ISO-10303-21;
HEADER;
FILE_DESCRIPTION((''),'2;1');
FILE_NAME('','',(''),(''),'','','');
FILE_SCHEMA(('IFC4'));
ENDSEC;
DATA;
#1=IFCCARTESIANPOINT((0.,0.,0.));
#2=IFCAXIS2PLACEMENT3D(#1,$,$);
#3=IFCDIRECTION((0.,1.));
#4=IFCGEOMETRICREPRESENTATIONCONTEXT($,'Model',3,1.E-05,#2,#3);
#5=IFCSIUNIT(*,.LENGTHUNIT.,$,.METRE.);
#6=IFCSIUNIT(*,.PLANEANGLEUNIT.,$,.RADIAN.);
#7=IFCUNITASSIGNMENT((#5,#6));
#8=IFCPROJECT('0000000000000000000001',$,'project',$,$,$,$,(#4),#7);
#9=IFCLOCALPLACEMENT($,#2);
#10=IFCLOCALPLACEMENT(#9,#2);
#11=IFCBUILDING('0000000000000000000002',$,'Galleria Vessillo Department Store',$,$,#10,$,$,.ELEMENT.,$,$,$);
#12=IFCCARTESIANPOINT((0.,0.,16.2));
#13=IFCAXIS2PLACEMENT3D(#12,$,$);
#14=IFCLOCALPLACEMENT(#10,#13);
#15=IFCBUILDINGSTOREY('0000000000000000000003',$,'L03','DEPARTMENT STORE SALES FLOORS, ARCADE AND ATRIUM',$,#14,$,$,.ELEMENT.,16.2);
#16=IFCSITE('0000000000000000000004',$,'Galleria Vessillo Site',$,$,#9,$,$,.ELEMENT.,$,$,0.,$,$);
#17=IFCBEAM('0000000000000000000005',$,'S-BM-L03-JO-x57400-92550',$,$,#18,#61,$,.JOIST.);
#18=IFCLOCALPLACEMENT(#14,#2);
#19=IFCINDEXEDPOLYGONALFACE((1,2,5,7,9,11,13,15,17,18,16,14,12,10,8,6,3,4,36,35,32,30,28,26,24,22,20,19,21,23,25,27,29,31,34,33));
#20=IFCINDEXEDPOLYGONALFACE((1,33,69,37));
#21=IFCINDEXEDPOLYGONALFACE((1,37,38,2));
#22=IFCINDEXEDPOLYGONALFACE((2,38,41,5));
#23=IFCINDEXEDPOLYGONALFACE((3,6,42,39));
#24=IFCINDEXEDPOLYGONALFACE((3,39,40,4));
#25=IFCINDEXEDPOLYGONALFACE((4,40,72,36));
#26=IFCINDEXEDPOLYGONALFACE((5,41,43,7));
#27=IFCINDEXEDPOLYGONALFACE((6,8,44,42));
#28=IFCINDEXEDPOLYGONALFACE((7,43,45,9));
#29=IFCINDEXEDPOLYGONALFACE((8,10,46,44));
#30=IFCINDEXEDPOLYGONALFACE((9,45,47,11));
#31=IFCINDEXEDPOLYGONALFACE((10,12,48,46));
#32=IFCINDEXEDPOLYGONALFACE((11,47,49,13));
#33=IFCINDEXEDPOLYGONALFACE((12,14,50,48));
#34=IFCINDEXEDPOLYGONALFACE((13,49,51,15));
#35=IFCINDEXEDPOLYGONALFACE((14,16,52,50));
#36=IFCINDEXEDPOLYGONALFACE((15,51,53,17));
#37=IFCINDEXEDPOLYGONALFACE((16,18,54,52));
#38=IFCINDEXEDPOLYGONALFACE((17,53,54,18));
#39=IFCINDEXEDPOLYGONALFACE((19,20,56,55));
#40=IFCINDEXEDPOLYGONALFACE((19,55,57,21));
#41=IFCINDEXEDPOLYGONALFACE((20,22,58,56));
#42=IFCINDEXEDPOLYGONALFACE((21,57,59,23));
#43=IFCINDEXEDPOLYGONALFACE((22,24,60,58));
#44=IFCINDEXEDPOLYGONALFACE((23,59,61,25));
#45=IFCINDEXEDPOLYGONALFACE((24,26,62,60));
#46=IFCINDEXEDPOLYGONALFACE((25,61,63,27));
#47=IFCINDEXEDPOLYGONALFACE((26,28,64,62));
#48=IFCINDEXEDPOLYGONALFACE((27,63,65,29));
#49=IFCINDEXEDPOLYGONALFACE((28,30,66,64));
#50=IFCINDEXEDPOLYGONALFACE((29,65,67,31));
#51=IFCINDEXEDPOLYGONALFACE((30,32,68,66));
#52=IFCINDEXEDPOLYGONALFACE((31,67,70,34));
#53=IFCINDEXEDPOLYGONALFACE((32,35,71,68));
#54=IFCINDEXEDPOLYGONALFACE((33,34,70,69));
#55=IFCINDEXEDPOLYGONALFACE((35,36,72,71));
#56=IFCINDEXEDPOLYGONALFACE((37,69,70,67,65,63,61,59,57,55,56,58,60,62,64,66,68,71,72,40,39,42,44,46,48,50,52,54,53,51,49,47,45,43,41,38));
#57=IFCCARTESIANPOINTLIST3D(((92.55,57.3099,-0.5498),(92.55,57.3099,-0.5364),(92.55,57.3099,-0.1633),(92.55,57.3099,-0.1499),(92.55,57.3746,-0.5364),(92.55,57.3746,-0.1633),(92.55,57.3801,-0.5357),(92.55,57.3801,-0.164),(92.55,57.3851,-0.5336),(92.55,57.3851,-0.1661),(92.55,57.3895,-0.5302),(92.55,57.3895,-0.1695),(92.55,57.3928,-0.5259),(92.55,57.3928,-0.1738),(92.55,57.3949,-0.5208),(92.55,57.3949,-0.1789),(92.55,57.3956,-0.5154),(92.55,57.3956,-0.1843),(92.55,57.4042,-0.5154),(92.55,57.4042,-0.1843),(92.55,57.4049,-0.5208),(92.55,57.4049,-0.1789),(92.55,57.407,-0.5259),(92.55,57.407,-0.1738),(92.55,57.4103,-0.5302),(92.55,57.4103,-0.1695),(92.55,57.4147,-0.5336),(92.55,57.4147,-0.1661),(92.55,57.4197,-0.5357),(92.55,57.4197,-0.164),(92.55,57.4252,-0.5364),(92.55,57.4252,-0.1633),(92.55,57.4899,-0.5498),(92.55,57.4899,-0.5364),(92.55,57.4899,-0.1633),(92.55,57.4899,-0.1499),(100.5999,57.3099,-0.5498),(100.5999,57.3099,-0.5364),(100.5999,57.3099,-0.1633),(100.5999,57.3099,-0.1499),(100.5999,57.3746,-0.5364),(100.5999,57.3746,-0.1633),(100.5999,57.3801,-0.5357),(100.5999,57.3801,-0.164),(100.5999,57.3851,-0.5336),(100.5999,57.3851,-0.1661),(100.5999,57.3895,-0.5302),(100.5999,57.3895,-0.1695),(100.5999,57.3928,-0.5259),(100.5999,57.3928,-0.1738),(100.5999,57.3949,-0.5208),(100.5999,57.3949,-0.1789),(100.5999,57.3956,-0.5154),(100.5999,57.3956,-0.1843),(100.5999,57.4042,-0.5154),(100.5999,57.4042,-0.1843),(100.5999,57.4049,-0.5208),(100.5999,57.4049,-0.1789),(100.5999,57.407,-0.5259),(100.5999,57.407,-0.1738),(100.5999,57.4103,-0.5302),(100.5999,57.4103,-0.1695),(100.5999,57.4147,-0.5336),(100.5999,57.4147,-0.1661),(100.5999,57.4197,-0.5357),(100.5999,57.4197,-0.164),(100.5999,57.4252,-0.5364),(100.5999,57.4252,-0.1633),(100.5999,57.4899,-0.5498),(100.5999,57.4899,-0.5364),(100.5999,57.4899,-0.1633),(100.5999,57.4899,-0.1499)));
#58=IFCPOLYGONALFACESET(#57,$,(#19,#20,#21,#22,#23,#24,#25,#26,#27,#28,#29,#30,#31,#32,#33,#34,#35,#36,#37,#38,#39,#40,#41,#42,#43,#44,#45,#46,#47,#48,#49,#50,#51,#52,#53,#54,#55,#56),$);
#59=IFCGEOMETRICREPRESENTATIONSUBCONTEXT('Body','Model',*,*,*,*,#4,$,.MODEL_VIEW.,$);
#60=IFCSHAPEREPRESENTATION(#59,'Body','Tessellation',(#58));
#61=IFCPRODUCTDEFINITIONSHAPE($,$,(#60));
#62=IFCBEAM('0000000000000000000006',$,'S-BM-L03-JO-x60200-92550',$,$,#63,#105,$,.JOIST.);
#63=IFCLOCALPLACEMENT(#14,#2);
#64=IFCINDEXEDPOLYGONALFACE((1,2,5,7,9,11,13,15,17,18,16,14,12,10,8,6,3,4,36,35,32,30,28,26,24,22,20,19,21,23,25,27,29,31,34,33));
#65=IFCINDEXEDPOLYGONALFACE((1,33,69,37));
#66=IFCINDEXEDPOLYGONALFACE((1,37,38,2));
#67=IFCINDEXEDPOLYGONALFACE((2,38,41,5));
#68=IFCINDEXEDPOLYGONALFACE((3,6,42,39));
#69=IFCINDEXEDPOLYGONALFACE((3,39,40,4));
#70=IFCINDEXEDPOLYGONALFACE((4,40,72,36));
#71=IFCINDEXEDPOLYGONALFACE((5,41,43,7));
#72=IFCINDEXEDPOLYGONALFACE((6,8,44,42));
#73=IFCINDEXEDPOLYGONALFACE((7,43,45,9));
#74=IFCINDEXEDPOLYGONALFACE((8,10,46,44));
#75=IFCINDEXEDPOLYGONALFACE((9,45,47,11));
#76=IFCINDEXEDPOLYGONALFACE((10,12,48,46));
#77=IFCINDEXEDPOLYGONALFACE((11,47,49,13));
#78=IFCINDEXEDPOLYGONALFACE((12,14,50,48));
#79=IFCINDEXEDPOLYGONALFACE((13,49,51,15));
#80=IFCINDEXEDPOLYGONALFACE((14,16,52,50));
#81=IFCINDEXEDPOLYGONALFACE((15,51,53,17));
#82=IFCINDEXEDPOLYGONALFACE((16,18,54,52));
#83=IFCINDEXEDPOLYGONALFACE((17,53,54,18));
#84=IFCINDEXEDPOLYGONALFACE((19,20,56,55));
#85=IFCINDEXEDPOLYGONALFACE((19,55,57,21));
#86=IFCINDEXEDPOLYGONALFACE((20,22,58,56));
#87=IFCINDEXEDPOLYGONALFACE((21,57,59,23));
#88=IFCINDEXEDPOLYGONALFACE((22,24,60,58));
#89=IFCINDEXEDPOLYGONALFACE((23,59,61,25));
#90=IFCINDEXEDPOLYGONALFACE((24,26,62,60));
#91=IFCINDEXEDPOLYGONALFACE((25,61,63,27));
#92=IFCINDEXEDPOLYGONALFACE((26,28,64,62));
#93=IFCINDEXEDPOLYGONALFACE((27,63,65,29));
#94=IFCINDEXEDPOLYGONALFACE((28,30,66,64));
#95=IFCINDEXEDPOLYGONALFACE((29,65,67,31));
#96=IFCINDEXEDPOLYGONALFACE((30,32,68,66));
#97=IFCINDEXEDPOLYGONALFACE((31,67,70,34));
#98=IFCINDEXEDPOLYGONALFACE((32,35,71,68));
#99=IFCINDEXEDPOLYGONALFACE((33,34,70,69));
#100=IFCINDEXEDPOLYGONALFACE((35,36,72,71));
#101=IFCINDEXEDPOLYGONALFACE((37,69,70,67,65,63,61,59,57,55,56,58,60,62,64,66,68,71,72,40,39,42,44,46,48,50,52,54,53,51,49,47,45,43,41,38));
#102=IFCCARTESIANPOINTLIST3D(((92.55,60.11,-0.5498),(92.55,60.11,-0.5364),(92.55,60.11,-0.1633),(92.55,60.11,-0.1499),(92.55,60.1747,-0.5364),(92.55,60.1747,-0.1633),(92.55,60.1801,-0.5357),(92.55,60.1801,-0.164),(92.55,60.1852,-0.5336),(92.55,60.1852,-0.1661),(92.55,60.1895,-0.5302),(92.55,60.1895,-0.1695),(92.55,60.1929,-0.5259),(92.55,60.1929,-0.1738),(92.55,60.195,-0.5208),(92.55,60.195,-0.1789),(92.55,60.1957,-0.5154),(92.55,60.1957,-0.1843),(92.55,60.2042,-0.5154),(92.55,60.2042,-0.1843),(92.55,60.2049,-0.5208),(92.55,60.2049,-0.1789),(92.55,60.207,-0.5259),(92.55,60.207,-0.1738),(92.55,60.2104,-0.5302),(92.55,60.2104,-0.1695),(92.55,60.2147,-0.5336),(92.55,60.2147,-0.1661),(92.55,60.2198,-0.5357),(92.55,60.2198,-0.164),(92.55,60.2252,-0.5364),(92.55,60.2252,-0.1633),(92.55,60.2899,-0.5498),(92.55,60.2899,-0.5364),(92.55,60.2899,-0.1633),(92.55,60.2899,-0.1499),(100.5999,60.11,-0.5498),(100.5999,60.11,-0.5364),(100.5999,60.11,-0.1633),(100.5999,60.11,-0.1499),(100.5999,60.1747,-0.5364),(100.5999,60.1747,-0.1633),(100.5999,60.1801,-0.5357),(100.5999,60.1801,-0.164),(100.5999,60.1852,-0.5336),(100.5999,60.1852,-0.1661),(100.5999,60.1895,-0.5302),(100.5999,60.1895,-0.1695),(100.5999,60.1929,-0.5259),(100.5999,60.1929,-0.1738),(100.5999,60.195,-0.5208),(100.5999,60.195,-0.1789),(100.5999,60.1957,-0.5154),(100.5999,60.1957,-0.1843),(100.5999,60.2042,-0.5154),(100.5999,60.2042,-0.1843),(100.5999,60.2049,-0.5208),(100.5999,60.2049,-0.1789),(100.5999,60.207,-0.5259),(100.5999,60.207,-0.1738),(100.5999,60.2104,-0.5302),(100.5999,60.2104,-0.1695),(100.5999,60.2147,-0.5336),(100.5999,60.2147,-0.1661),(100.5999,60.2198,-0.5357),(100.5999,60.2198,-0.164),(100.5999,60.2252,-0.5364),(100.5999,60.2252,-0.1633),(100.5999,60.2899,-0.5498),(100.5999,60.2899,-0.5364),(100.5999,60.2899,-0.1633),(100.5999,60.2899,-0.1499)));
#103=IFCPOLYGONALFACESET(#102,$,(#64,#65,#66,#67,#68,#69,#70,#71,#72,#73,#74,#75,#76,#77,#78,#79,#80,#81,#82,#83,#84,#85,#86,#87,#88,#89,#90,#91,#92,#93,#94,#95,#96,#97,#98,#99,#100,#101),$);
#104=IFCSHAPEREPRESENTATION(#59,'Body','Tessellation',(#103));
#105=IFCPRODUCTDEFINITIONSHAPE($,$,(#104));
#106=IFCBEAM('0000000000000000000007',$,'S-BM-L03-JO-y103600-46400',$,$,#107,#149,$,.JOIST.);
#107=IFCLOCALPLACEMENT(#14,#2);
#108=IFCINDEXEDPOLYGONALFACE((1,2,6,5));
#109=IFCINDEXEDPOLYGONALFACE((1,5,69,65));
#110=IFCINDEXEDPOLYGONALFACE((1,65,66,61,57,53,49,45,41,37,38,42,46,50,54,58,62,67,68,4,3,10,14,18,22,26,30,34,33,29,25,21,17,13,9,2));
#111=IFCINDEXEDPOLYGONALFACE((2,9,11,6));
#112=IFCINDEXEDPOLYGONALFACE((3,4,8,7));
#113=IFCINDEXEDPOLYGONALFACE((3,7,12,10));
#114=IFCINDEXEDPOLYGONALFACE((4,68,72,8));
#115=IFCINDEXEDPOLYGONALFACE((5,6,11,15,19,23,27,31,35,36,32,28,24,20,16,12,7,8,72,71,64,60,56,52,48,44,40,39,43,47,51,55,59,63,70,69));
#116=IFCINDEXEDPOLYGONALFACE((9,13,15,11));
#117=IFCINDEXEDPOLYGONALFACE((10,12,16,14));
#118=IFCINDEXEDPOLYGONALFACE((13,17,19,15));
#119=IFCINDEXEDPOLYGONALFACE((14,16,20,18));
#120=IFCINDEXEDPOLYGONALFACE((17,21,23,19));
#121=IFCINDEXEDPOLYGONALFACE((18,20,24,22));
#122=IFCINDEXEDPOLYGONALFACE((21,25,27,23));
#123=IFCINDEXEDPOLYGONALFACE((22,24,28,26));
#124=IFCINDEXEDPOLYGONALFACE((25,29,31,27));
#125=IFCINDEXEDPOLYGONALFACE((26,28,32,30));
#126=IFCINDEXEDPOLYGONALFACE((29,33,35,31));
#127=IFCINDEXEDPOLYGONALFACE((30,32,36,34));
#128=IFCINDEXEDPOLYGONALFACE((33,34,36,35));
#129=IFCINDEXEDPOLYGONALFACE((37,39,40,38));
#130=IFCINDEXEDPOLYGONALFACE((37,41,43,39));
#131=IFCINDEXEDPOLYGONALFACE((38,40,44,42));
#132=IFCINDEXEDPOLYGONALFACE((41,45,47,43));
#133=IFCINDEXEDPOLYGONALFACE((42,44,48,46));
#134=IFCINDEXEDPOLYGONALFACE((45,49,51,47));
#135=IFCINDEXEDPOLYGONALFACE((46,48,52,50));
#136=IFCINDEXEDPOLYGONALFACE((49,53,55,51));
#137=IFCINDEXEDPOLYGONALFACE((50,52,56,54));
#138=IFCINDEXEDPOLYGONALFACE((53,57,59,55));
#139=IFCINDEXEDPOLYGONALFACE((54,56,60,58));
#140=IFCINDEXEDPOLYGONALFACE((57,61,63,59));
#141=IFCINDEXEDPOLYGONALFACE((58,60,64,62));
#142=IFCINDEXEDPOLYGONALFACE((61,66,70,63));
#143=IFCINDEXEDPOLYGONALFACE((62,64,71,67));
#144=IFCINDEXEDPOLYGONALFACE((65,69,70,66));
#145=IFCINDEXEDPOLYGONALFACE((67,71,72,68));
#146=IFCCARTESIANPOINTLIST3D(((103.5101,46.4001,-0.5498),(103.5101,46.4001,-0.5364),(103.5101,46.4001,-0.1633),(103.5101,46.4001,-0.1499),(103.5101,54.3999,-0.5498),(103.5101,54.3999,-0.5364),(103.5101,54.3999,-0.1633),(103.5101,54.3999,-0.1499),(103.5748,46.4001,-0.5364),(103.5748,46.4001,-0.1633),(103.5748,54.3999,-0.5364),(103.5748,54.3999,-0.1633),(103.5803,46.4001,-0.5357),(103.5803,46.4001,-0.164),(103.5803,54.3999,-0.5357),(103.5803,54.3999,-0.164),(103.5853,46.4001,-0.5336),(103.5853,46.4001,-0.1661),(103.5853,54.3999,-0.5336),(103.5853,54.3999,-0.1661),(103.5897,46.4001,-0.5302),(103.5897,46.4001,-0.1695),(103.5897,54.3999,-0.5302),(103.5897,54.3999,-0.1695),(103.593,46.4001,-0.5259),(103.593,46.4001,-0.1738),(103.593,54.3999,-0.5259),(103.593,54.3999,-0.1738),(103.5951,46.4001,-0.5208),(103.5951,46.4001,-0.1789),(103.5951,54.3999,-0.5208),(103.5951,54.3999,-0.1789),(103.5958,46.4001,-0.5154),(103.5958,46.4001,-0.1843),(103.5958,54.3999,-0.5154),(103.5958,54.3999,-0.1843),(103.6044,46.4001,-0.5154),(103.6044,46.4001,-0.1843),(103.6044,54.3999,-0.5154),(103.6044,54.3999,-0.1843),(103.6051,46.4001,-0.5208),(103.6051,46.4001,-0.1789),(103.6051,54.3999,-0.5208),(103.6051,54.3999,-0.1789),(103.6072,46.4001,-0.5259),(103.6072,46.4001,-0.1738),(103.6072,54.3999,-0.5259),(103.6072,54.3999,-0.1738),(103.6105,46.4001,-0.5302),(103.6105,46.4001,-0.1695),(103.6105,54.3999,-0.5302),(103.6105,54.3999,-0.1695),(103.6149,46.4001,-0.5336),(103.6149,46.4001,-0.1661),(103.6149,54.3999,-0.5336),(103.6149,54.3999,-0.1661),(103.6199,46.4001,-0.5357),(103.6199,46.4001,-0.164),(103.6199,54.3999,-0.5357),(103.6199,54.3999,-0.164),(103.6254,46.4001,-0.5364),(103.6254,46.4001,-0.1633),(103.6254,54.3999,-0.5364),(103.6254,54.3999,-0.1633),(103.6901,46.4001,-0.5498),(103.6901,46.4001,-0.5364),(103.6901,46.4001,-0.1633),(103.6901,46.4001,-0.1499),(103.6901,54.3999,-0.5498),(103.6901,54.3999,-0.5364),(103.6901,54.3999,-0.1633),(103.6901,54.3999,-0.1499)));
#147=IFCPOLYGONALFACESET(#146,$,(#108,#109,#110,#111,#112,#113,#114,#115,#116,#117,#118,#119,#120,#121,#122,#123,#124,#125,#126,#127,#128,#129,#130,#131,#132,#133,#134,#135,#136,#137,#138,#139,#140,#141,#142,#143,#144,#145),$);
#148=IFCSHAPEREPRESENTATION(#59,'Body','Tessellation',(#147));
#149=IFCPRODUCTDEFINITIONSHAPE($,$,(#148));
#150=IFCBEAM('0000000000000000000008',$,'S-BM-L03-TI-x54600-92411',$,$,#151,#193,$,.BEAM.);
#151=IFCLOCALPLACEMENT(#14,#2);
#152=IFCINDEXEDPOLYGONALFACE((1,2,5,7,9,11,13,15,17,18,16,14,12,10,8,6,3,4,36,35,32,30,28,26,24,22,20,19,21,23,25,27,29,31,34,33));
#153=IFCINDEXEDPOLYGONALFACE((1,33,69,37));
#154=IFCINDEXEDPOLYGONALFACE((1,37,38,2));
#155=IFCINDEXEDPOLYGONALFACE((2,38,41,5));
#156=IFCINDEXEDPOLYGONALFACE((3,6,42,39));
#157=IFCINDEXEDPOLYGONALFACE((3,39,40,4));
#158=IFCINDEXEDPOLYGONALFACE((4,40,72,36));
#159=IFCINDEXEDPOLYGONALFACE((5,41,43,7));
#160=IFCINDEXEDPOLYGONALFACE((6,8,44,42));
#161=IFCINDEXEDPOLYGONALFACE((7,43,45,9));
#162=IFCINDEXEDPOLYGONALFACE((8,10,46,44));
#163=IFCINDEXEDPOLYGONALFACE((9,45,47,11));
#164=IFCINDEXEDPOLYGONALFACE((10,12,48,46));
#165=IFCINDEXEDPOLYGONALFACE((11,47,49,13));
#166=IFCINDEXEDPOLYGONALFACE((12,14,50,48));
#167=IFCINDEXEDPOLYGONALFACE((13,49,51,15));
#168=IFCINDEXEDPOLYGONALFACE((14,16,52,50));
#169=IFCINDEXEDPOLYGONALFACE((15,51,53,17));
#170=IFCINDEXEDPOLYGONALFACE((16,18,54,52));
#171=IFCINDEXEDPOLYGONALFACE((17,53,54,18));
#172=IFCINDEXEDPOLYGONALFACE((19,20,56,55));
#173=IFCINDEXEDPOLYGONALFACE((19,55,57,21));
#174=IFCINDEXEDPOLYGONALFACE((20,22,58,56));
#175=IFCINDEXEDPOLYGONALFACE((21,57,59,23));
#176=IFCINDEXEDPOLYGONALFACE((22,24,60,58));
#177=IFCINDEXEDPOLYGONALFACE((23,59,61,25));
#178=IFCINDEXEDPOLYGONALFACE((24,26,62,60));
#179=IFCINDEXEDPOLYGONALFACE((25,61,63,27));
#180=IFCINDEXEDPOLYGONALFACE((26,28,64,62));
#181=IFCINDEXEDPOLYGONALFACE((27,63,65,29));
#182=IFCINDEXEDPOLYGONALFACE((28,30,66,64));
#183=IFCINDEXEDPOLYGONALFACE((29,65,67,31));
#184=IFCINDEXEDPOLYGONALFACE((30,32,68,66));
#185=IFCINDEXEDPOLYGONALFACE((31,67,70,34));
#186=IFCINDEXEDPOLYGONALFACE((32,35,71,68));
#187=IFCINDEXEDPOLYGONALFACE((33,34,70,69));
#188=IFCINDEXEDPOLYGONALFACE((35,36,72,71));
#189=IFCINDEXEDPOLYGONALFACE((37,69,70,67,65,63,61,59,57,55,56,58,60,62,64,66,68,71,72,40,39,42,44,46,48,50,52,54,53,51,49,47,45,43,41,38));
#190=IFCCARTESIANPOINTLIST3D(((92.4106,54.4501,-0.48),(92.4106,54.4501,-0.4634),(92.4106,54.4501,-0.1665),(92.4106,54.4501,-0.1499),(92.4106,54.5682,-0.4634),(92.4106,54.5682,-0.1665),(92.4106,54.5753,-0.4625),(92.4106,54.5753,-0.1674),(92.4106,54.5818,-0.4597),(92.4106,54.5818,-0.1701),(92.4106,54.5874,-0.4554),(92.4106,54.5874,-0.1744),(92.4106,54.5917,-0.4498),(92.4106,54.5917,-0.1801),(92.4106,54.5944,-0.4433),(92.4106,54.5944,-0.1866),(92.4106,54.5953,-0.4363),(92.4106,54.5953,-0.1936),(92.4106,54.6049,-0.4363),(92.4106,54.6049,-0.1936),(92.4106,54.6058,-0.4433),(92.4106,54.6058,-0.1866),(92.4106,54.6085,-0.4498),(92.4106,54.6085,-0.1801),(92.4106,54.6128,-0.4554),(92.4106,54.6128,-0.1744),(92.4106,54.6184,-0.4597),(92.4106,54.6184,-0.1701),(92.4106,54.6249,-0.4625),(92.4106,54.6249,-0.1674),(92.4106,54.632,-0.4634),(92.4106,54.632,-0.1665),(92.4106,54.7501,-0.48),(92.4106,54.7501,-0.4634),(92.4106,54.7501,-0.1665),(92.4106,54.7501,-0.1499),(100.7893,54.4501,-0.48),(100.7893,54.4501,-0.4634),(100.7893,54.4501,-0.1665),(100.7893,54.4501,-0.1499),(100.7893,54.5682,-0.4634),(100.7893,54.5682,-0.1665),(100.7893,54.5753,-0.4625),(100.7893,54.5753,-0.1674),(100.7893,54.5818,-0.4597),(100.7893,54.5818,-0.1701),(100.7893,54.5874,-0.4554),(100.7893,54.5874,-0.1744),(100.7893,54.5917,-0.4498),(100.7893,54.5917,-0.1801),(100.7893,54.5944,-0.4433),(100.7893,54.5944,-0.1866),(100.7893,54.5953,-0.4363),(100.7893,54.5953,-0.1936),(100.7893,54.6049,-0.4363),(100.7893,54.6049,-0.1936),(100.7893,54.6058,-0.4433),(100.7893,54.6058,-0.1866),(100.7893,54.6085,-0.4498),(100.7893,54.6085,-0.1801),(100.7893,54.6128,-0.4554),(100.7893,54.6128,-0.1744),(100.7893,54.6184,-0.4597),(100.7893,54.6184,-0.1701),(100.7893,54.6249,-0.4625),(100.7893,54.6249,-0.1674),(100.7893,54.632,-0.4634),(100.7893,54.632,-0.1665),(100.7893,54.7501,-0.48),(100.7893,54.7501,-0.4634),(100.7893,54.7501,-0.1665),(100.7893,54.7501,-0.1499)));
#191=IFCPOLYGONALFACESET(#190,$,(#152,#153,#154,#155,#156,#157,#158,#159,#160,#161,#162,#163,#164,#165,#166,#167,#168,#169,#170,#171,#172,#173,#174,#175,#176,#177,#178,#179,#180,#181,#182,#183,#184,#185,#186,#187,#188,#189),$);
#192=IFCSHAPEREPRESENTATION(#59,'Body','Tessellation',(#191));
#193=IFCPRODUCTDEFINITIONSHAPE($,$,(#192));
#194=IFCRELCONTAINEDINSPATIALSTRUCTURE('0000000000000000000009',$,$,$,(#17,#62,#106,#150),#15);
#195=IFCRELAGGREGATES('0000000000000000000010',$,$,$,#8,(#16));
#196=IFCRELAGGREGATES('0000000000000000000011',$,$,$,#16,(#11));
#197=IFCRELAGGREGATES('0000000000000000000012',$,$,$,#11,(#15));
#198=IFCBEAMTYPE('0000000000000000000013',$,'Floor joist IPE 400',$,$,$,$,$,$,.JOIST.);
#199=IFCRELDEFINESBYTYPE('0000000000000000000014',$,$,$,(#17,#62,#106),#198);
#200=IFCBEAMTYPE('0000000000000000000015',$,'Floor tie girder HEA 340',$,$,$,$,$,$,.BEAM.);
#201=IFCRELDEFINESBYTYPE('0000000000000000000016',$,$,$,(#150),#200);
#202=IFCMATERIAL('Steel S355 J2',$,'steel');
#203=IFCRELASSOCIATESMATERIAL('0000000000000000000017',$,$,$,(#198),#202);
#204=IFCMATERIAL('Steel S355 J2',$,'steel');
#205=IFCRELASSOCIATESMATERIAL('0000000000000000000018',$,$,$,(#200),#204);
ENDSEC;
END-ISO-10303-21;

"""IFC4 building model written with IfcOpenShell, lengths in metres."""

from ifc_helpers import new_model, si_unit, direction, frame, origin, origin_2d, place, context, subcontext, project, spatial, i_section, extrude, material, material_profile, profile_set, type_object, element, save


model = new_model("IFC4")

# Units and contexts
model_context = context("Model", 3, precision=1e-05, world=origin(), true_north=direction((0.0, 1.0)))
body_context = subcontext(model_context, "Body", "Model", "MODEL_VIEW")
ifc_project = project(units=[si_unit("LENGTHUNIT", "METRE"), si_unit("PLANEANGLEUNIT", "RADIAN")], contexts=[model_context])

# Site, building, storey
site_placement = place(None, origin())
site = spatial("IfcSite", under=ifc_project, at=site_placement, Name="Galleria Vessillo Site", CompositionType="ELEMENT", RefElevation=0.0)
building_placement = place(site_placement, origin())
building = spatial("IfcBuilding", under=site, at=building_placement, Name="Galleria Vessillo Department Store", CompositionType="ELEMENT")
storey_placement = place(building_placement, frame((0.0, 0.0, 16.2)))
storey = spatial("IfcBuildingStorey", under=building, at=storey_placement, Name="L03", Description="DEPARTMENT STORE SALES FLOORS, ARCADE AND ATRIUM", CompositionType="ELEMENT", Elevation=16.2)

# Beams
ifc_material_1 = material(Name="Steel S355 J2", Category="steel")
ifc_material_profile_1 = material_profile(ifc_material_1, i_section(OverallWidth=0.1799, OverallDepth=0.3999, WebThickness=0.0085, FlangeThickness=0.0134, FilletRadius=0.021, at=origin_2d()), Name="IPE 400")
ifc_profile_set_1 = profile_set([ifc_material_profile_1], Name="Steel S355 J2")
beam_type_1 = type_object("IfcBeamType", Name="Floor joist IPE 400", PredefinedType="JOIST", material=ifc_profile_set_1)
for number, where, z_axis, x_axis, name in (
    (1, (92.55, 57.3999, -0.3499), (1.0, 0.0, 0.0), (0.0, 1.0, 0.0), "S-BM-L03-JO-x57400-92550"),
    (2, (92.55, 60.2, -0.3499), (1.0, 0.0, 0.0), (0.0, 1.0, 0.0), "S-BM-L03-JO-x60200-92550"),
):
    element("IfcBeam", number, at=place(storey_placement, frame(where, z_axis=z_axis, x_axis=x_axis)), inside=storey, type_object=beam_type_1, Name=name, PredefinedType="JOIST", context=body_context, shape_type="SweptSolid", body=[
        extrude(i_section(OverallWidth=0.1799, OverallDepth=0.3999, WebThickness=0.0085, FlangeThickness=0.0134, FilletRadius=0.021, at=origin_2d()), origin(), (0.0, 0.0, 1.0), 8.0498),
    ])
beam_1_placement = place(storey_placement, frame((103.6001, 46.4001, -0.3499), z_axis=(0.0, 1.0, 0.0), x_axis=(-1.0, 0.0, 0.0)))
element("IfcBeam", 3, at=beam_1_placement, inside=storey, type_object=beam_type_1, Name="S-BM-L03-JO-y103600-46400", PredefinedType="JOIST", context=body_context, shape_type="SweptSolid", body=[
    extrude(i_section(OverallWidth=0.1799, OverallDepth=0.3999, WebThickness=0.0085, FlangeThickness=0.0134, FilletRadius=0.021, at=origin_2d()), origin(), (0.0, 0.0, 1.0), 7.9998),
])
ifc_material_2 = material(Name="Steel S355 J2", Category="steel")
ifc_material_profile_2 = material_profile(ifc_material_2, i_section(OverallWidth=0.3, OverallDepth=0.3301, WebThickness=0.0095, FlangeThickness=0.0166, FilletRadius=0.0271, at=origin_2d()), Name="HEA 340")
ifc_profile_set_2 = profile_set([ifc_material_profile_2], Name="Steel S355 J2")
beam_type_2 = type_object("IfcBeamType", Name="Floor tie girder HEA 340", PredefinedType="BEAM", material=ifc_profile_set_2)
beam_2_placement = place(storey_placement, frame((92.4106, 54.6001, -0.3149), z_axis=(1.0, 0.0, 0.0), x_axis=(0.0, 1.0, 0.0)))
element("IfcBeam", 4, at=beam_2_placement, inside=storey, type_object=beam_type_2, Name="S-BM-L03-TI-x54600-92411", PredefinedType="BEAM", context=body_context, shape_type="SweptSolid", body=[
    extrude(i_section(OverallWidth=0.3, OverallDepth=0.3301, WebThickness=0.0095, FlangeThickness=0.0166, FilletRadius=0.0271, at=origin_2d()), origin(), (0.0, 0.0, 1.0), 8.3787),
])

save(model, "model.ifc")
